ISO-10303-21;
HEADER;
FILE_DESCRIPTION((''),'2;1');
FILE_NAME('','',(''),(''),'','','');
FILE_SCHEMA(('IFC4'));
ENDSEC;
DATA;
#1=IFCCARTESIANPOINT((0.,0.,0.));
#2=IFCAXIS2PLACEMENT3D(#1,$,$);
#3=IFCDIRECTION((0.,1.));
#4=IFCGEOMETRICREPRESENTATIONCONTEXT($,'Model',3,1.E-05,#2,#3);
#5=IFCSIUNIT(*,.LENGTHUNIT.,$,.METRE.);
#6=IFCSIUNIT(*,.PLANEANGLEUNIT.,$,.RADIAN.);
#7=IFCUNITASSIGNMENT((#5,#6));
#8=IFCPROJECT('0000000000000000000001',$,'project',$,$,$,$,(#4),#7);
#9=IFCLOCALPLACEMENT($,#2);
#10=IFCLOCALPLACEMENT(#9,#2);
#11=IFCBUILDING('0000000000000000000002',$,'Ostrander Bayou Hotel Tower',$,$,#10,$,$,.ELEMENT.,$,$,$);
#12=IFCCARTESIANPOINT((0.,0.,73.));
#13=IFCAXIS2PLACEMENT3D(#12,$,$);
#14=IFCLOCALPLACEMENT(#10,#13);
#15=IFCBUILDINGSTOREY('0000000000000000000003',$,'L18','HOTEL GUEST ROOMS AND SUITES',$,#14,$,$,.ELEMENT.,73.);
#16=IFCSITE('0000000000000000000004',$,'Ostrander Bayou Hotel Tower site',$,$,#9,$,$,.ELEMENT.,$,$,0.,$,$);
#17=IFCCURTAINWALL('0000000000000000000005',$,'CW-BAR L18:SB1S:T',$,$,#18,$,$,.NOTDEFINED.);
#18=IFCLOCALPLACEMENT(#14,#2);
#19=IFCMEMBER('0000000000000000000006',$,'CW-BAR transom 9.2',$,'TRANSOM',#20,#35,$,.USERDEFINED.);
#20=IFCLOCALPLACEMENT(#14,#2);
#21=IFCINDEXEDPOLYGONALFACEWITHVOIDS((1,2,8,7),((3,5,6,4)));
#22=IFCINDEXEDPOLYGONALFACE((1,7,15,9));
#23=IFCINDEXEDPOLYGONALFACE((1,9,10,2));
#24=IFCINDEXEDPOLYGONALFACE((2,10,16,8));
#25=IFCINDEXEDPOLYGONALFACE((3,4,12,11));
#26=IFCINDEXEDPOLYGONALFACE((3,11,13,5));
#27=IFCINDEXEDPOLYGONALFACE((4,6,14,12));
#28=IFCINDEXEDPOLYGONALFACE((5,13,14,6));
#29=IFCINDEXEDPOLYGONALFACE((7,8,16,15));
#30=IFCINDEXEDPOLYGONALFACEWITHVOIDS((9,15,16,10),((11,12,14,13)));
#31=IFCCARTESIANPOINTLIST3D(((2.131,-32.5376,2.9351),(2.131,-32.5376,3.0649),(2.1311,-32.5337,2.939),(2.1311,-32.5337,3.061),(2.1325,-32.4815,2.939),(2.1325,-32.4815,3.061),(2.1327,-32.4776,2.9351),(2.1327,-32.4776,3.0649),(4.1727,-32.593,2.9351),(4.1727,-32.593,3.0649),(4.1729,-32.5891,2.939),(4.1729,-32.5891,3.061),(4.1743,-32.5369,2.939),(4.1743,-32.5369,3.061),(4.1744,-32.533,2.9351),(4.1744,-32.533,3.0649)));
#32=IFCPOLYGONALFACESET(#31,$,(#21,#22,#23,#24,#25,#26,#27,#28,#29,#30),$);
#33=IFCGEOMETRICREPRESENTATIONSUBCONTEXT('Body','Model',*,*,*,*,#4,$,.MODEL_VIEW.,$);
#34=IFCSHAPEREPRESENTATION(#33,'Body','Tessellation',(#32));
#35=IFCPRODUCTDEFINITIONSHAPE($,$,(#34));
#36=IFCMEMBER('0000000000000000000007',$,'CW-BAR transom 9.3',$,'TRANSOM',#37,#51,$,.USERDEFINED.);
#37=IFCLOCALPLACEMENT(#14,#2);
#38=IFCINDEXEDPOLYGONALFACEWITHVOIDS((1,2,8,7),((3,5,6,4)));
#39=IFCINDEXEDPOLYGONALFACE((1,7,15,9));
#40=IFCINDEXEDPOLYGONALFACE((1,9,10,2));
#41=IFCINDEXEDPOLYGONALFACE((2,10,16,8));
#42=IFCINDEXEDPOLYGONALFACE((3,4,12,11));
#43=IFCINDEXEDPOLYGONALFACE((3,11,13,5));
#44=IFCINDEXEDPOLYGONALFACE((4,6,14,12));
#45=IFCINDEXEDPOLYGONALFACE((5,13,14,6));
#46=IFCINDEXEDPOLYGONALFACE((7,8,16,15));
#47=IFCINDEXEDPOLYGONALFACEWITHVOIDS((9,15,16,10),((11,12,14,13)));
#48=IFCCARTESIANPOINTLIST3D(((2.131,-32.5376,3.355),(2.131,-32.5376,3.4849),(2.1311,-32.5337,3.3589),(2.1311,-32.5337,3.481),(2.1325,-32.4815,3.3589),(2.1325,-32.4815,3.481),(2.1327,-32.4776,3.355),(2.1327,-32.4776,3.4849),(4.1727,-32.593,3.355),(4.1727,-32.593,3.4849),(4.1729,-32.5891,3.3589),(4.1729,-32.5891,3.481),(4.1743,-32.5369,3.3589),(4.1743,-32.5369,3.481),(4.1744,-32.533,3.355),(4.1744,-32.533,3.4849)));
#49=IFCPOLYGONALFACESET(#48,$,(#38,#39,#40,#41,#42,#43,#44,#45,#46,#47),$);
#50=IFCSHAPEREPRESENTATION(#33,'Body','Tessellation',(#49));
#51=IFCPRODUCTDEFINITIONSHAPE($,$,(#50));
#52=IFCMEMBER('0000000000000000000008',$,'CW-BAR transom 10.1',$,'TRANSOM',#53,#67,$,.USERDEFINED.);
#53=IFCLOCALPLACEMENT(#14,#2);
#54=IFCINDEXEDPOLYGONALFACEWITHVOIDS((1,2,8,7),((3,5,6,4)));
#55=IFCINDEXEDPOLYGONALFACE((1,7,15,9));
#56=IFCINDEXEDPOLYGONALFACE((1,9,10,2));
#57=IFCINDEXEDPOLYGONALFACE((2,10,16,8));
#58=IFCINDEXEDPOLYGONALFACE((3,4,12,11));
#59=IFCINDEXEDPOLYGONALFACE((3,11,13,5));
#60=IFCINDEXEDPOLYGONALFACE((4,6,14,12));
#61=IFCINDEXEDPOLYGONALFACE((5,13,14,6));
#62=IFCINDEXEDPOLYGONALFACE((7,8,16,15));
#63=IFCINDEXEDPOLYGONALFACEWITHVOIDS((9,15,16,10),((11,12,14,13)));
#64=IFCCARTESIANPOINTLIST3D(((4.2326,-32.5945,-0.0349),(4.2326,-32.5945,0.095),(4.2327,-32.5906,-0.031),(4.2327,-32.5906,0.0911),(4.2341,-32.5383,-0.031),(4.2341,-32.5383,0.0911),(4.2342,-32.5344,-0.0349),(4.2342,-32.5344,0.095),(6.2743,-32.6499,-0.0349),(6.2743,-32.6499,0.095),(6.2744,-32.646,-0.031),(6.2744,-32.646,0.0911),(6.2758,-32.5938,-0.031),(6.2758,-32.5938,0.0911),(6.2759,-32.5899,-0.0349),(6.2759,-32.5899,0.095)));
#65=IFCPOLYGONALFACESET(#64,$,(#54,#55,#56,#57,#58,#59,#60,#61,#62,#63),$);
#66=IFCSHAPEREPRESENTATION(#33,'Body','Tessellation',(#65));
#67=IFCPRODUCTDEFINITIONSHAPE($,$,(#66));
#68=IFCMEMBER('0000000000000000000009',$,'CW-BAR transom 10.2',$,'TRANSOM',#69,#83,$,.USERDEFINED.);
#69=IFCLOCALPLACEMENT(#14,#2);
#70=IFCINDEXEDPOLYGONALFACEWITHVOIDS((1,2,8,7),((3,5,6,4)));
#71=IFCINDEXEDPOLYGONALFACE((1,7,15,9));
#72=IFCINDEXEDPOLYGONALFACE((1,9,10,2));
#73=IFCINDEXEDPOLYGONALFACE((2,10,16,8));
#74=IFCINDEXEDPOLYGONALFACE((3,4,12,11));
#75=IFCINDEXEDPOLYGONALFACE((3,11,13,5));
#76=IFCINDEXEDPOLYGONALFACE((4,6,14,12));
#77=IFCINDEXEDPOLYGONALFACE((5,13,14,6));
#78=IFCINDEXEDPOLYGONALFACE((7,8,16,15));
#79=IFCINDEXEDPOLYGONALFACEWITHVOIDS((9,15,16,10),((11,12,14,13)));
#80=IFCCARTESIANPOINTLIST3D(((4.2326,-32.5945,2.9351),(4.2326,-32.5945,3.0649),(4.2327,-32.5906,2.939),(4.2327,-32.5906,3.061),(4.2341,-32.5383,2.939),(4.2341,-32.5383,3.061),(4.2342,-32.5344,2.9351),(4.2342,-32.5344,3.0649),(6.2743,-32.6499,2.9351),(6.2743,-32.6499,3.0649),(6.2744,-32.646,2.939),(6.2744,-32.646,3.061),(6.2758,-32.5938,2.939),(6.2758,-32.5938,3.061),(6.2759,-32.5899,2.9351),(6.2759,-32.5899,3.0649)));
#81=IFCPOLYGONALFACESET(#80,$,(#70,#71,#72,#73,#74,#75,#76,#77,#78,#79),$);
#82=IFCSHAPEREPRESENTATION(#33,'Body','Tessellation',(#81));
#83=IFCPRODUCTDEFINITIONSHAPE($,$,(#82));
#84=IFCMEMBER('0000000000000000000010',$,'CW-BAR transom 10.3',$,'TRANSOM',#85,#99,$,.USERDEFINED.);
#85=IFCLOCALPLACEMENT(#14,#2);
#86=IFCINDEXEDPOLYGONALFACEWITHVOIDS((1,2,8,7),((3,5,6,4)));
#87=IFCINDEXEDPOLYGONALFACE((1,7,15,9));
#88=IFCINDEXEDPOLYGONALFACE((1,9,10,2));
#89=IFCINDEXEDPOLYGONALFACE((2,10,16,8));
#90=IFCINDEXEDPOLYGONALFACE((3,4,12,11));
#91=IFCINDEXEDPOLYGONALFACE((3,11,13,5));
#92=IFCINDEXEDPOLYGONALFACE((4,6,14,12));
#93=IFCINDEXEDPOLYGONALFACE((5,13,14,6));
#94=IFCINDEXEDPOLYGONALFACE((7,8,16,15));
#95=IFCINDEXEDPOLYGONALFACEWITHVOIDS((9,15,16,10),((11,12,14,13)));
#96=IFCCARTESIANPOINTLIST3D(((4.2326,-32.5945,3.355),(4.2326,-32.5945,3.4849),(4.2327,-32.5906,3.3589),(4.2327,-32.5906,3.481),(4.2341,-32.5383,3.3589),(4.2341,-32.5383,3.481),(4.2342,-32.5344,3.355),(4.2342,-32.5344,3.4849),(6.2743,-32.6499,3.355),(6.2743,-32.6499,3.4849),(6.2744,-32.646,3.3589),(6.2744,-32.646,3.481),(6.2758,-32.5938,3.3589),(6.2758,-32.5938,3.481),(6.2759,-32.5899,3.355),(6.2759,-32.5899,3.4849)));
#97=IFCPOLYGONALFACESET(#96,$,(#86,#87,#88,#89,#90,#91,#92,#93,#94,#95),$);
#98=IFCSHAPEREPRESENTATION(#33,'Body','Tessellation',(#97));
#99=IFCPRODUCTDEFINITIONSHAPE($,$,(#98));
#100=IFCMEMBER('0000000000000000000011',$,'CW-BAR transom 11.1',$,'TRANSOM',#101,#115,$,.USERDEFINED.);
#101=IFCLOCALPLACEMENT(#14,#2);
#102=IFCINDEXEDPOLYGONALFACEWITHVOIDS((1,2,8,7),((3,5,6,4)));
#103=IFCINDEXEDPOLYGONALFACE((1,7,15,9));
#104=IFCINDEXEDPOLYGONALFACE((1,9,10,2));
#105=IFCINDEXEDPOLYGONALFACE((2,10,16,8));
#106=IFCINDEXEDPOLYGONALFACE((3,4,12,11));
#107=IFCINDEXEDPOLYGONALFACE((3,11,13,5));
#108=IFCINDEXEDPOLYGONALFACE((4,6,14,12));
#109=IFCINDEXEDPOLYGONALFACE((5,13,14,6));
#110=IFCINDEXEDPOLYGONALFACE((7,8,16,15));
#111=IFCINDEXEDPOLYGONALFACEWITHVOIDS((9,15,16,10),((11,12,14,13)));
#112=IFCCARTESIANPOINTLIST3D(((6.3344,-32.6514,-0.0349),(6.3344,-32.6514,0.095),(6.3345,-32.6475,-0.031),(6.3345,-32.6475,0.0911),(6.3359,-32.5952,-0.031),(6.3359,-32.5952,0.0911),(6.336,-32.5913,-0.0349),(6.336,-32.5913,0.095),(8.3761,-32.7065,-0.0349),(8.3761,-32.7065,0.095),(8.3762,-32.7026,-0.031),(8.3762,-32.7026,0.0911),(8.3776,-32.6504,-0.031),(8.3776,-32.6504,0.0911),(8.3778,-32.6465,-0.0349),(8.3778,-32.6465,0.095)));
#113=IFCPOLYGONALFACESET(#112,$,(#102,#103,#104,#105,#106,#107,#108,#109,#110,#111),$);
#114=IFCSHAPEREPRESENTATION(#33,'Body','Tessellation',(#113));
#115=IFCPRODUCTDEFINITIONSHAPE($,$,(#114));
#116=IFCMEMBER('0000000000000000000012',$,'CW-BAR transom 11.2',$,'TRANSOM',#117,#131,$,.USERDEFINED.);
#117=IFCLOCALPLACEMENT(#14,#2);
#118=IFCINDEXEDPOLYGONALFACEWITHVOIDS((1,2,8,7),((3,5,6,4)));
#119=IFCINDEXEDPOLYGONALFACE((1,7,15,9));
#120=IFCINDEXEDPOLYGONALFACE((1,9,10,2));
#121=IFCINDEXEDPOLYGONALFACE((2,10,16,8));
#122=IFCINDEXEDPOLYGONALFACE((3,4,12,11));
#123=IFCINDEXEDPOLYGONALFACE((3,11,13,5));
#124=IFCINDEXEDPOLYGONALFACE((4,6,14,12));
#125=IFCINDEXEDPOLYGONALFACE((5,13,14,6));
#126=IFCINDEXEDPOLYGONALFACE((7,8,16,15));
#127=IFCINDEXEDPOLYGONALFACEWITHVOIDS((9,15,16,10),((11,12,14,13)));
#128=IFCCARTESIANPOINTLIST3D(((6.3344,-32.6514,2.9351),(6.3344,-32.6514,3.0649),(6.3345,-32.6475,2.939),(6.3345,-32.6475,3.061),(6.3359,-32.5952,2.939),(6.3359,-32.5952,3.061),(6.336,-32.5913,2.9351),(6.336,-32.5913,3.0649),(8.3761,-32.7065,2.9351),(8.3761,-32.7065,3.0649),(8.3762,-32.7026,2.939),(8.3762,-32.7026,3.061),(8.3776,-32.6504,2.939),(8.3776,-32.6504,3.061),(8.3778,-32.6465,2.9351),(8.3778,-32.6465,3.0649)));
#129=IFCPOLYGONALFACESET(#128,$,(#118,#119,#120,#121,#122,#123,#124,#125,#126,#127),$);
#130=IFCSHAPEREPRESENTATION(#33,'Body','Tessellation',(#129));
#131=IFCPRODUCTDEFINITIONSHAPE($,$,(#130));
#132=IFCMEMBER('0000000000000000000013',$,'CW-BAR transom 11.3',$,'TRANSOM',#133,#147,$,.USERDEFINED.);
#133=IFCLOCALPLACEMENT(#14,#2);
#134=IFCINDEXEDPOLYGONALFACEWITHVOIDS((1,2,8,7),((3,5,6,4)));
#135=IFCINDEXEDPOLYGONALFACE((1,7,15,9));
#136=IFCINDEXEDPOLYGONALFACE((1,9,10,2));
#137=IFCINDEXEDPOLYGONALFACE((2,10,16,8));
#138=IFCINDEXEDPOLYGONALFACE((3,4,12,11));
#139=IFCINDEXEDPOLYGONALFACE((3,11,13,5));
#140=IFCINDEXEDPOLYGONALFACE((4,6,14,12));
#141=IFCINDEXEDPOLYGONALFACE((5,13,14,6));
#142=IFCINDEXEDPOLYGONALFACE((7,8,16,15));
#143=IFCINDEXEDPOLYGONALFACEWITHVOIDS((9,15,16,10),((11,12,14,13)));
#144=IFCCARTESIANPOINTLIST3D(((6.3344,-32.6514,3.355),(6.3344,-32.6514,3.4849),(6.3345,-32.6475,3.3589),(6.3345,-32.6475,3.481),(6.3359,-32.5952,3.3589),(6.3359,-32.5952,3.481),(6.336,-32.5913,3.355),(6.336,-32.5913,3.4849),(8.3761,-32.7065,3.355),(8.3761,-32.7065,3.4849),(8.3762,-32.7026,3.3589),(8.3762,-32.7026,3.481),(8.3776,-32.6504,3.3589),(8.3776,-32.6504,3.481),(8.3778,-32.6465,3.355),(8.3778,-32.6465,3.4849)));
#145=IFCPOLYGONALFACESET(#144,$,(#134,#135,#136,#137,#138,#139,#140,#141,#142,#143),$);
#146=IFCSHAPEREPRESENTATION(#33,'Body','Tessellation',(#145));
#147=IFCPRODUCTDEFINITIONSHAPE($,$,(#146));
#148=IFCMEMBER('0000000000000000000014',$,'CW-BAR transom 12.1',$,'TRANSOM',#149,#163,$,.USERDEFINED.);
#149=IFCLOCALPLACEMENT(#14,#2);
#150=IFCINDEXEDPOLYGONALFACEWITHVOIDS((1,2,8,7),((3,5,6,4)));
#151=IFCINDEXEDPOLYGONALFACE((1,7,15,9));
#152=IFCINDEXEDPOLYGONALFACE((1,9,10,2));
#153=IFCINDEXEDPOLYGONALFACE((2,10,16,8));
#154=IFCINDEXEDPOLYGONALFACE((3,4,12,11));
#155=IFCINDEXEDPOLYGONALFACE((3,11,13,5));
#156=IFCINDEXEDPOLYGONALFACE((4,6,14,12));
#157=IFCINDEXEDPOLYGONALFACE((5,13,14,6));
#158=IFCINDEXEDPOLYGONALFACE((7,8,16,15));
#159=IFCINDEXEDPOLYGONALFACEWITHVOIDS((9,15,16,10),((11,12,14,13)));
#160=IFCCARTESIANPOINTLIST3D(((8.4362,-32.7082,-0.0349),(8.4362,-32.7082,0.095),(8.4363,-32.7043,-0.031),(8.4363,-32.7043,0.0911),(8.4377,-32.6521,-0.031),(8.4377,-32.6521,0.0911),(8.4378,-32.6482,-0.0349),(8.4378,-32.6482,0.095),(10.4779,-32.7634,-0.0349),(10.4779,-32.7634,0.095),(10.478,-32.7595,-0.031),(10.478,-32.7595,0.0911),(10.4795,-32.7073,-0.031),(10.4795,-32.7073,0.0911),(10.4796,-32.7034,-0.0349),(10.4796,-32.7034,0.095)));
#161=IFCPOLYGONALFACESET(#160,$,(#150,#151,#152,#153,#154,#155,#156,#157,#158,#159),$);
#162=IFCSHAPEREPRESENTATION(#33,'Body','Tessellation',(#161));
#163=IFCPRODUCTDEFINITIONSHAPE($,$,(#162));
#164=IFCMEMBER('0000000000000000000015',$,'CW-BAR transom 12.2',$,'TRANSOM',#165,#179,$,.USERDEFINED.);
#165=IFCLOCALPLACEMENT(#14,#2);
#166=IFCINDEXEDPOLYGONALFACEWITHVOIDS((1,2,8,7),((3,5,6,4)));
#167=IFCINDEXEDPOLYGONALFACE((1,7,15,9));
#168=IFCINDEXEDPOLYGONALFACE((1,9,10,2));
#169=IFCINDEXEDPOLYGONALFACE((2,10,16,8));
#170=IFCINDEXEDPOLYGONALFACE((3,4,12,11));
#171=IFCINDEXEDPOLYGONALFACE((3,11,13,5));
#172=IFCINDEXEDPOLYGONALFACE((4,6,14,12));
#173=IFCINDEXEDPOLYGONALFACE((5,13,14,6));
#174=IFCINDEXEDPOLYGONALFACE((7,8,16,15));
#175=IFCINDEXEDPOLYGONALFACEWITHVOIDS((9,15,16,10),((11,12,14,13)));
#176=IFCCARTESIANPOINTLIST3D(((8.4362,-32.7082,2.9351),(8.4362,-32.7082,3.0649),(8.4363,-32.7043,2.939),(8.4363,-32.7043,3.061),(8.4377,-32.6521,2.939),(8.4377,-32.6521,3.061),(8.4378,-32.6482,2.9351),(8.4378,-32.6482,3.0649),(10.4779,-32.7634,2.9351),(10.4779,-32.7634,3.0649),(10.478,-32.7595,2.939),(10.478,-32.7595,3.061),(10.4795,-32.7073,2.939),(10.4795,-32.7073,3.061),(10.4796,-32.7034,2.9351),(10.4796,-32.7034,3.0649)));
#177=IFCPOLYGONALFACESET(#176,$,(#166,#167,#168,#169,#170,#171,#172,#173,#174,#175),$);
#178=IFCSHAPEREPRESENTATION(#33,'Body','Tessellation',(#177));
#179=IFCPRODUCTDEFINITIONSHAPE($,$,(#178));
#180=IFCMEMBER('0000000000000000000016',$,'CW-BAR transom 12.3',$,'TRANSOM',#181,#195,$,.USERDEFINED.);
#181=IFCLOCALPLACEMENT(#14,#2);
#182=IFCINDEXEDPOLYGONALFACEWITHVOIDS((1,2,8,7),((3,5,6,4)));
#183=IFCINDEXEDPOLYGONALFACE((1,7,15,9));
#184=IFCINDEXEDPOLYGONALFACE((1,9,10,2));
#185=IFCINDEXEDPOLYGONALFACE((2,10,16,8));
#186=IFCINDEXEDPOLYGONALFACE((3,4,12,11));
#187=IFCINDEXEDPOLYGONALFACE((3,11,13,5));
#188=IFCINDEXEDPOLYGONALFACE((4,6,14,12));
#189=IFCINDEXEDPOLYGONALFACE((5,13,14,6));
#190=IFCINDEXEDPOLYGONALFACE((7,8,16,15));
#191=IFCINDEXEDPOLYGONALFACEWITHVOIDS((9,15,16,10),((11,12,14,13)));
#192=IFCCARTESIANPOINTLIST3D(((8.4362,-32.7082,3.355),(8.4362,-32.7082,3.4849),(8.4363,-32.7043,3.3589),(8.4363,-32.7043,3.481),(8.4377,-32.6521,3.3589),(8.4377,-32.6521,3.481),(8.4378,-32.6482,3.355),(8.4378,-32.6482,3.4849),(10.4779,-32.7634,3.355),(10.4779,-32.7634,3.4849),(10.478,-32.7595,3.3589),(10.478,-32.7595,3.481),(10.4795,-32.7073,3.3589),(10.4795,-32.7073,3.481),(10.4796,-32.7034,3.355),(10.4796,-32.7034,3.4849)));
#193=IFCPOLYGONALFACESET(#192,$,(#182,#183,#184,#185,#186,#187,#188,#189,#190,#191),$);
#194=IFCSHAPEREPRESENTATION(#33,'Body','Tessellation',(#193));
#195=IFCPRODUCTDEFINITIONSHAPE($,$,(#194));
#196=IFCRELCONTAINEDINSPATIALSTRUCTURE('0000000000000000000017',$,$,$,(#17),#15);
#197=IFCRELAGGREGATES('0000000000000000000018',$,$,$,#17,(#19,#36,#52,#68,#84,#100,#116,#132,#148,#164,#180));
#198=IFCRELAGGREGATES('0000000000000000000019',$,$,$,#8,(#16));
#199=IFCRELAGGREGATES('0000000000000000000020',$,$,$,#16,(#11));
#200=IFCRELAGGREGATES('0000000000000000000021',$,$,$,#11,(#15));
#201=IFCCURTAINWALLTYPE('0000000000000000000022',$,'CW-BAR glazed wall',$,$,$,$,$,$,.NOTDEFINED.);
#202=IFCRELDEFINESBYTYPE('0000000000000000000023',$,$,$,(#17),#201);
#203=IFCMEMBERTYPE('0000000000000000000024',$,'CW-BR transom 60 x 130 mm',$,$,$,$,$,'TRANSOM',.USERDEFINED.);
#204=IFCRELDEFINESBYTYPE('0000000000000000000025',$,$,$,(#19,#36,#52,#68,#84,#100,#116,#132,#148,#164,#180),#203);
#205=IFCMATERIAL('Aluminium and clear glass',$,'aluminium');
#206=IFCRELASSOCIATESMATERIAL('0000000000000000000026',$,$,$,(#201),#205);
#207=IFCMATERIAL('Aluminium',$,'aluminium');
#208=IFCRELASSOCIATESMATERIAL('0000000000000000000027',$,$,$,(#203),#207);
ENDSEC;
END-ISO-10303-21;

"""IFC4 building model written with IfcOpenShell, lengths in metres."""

from ifc_helpers import new_model, si_unit, direction, frame, origin, origin_2d, place, context, subcontext, project, spatial, hollow_rectangle, extrude, material, material_profile, profile_set, type_object, element, aggregate, save


model = new_model("IFC4")

# Units and contexts
model_context = context("Model", 3, precision=1e-05, world=origin(), true_north=direction((0.0, 1.0)))
body_context = subcontext(model_context, "Body", "Model", "MODEL_VIEW")
ifc_project = project(units=[si_unit("LENGTHUNIT", "METRE"), si_unit("PLANEANGLEUNIT", "RADIAN")], contexts=[model_context])

# Site, building, storey
site_placement = place(None, origin())
site = spatial("IfcSite", under=ifc_project, at=site_placement, Name="Ostrander Bayou Hotel Tower site", CompositionType="ELEMENT", RefElevation=0.0)
building_placement = place(site_placement, origin())
building = spatial("IfcBuilding", under=site, at=building_placement, Name="Ostrander Bayou Hotel Tower", CompositionType="ELEMENT")
storey_placement = place(building_placement, frame((0.0, 0.0, 73.0)))
storey = spatial("IfcBuildingStorey", under=building, at=storey_placement, Name="L18", Description="HOTEL GUEST ROOMS AND SUITES", CompositionType="ELEMENT", Elevation=73.0)

# Curtain wall, members
ifc_material_1 = material(Name="Aluminium and clear glass", Category="aluminium")
curtain_wall_type = type_object("IfcCurtainWallType", Name="CW-BAR glazed wall", PredefinedType="NOTDEFINED", material=ifc_material_1)
curtain_wall_placement = place(storey_placement, origin())
curtain_wall = element("IfcCurtainWall", 1, at=curtain_wall_placement, inside=storey, type_object=curtain_wall_type, Name="CW-BAR L18:SB1S:T", PredefinedType="NOTDEFINED")
ifc_material_2 = material(Name="Aluminium", Category="aluminium")
ifc_material_profile_1 = material_profile(ifc_material_2, hollow_rectangle(XDim=0.0601, YDim=0.1299, WallThickness=0.0039, at=origin_2d()))
ifc_profile_set_1 = profile_set([ifc_material_profile_1], Name="Aluminium")
member_type_1 = type_object("IfcMemberType", Name="CW-BR transom 60 x 130 mm", ElementType="TRANSOM", PredefinedType="USERDEFINED", material=ifc_profile_set_1)
member_1_placement = place(storey_placement, frame((2.1318, -32.5076, 3.0), z_axis=(0.999632, -0.027133, 0.0), x_axis=(0.027133, 0.999632, 0.0)))
member_1 = element("IfcMember", 2, at=member_1_placement, type_object=member_type_1, Name="CW-BAR transom 9.2", ObjectType="TRANSOM", PredefinedType="USERDEFINED", context=body_context, shape_type="SweptSolid", body=[
    extrude(hollow_rectangle(XDim=0.0601, YDim=0.1299, WallThickness=0.0039, at=origin_2d()), origin(), (0.0, 0.0, 1.0), 2.0425),
])
member_2_placement = place(storey_placement, frame((2.1318, -32.5076, 3.4199), z_axis=(0.999632, -0.027133, 0.0), x_axis=(0.027133, 0.999632, 0.0)))
member_2 = element("IfcMember", 3, at=member_2_placement, type_object=member_type_1, Name="CW-BAR transom 9.3", ObjectType="TRANSOM", PredefinedType="USERDEFINED", context=body_context, shape_type="SweptSolid", body=[
    extrude(hollow_rectangle(XDim=0.0601, YDim=0.1299, WallThickness=0.0039, at=origin_2d()), origin(), (0.0, 0.0, 1.0), 2.0425),
])
member_3_placement = place(storey_placement, frame((4.2334, -32.5645, 0.03), z_axis=(0.999632, -0.027133, 0.0), x_axis=(0.027133, 0.999632, 0.0)))
member_3 = element("IfcMember", 4, at=member_3_placement, type_object=member_type_1, Name="CW-BAR transom 10.1", ObjectType="TRANSOM", PredefinedType="USERDEFINED", context=body_context, shape_type="SweptSolid", body=[
    extrude(hollow_rectangle(XDim=0.0601, YDim=0.1299, WallThickness=0.0039, at=origin_2d()), origin(), (0.0, 0.0, 1.0), 2.0425),
])
member_4_placement = place(storey_placement, frame((4.2334, -32.5645, 3.0), z_axis=(0.999632, -0.027133, 0.0), x_axis=(0.027133, 0.999632, 0.0)))
member_4 = element("IfcMember", 5, at=member_4_placement, type_object=member_type_1, Name="CW-BAR transom 10.2", ObjectType="TRANSOM", PredefinedType="USERDEFINED", context=body_context, shape_type="SweptSolid", body=[
    extrude(hollow_rectangle(XDim=0.0601, YDim=0.1299, WallThickness=0.0039, at=origin_2d()), origin(), (0.0, 0.0, 1.0), 2.0425),
])
member_5_placement = place(storey_placement, frame((4.2334, -32.5645, 3.4199), z_axis=(0.999632, -0.027133, 0.0), x_axis=(0.027133, 0.999632, 0.0)))
member_5 = element("IfcMember", 6, at=member_5_placement, type_object=member_type_1, Name="CW-BAR transom 10.3", ObjectType="TRANSOM", PredefinedType="USERDEFINED", context=body_context, shape_type="SweptSolid", body=[
    extrude(hollow_rectangle(XDim=0.0601, YDim=0.1299, WallThickness=0.0039, at=origin_2d()), origin(), (0.0, 0.0, 1.0), 2.0425),
])
member_6_placement = place(storey_placement, frame((6.3352, -32.6213, 0.03), z_axis=(0.999635, -0.027014, 0.0), x_axis=(0.027014, 0.999635, 0.0)))
member_6 = element("IfcMember", 7, at=member_6_placement, type_object=member_type_1, Name="CW-BAR transom 11.1", ObjectType="TRANSOM", PredefinedType="USERDEFINED", context=body_context, shape_type="SweptSolid", body=[
    extrude(hollow_rectangle(XDim=0.0601, YDim=0.1299, WallThickness=0.0039, at=origin_2d()), origin(), (0.0, 0.0, 1.0), 2.0425),
])
member_7_placement = place(storey_placement, frame((6.3352, -32.6213, 3.0), z_axis=(0.999635, -0.027014, 0.0), x_axis=(0.027014, 0.999635, 0.0)))
member_7 = element("IfcMember", 8, at=member_7_placement, type_object=member_type_1, Name="CW-BAR transom 11.2", ObjectType="TRANSOM", PredefinedType="USERDEFINED", context=body_context, shape_type="SweptSolid", body=[
    extrude(hollow_rectangle(XDim=0.0601, YDim=0.1299, WallThickness=0.0039, at=origin_2d()), origin(), (0.0, 0.0, 1.0), 2.0425),
])
member_8_placement = place(storey_placement, frame((6.3352, -32.6213, 3.4199), z_axis=(0.999635, -0.027014, 0.0), x_axis=(0.027014, 0.999635, 0.0)))
member_8 = element("IfcMember", 9, at=member_8_placement, type_object=member_type_1, Name="CW-BAR transom 11.3", ObjectType="TRANSOM", PredefinedType="USERDEFINED", context=body_context, shape_type="SweptSolid", body=[
    extrude(hollow_rectangle(XDim=0.0601, YDim=0.1299, WallThickness=0.0039, at=origin_2d()), origin(), (0.0, 0.0, 1.0), 2.0425),
])
member_9_placement = place(storey_placement, frame((8.437, -32.6782, 0.03), z_axis=(0.999635, -0.027014, 0.0), x_axis=(0.027014, 0.999635, 0.0)))
member_9 = element("IfcMember", 10, at=member_9_placement, type_object=member_type_1, Name="CW-BAR transom 12.1", ObjectType="TRANSOM", PredefinedType="USERDEFINED", context=body_context, shape_type="SweptSolid", body=[
    extrude(hollow_rectangle(XDim=0.0601, YDim=0.1299, WallThickness=0.0039, at=origin_2d()), origin(), (0.0, 0.0, 1.0), 2.0425),
])
member_10_placement = place(storey_placement, frame((8.437, -32.6782, 3.0), z_axis=(0.999635, -0.027014, 0.0), x_axis=(0.027014, 0.999635, 0.0)))
member_10 = element("IfcMember", 11, at=member_10_placement, type_object=member_type_1, Name="CW-BAR transom 12.2", ObjectType="TRANSOM", PredefinedType="USERDEFINED", context=body_context, shape_type="SweptSolid", body=[
    extrude(hollow_rectangle(XDim=0.0601, YDim=0.1299, WallThickness=0.0039, at=origin_2d()), origin(), (0.0, 0.0, 1.0), 2.0425),
])
member_11_placement = place(storey_placement, frame((8.437, -32.6782, 3.4199), z_axis=(0.999635, -0.027014, 0.0), x_axis=(0.027014, 0.999635, 0.0)))
member_11 = element("IfcMember", 12, at=member_11_placement, type_object=member_type_1, Name="CW-BAR transom 12.3", ObjectType="TRANSOM", PredefinedType="USERDEFINED", context=body_context, shape_type="SweptSolid", body=[
    extrude(hollow_rectangle(XDim=0.0601, YDim=0.1299, WallThickness=0.0039, at=origin_2d()), origin(), (0.0, 0.0, 1.0), 2.0425),
])
aggregate(curtain_wall, [member_1, member_2, member_3, member_4, member_5, member_6, member_7, member_8, member_9, member_10, member_11])

save(model, "model.ifc")
